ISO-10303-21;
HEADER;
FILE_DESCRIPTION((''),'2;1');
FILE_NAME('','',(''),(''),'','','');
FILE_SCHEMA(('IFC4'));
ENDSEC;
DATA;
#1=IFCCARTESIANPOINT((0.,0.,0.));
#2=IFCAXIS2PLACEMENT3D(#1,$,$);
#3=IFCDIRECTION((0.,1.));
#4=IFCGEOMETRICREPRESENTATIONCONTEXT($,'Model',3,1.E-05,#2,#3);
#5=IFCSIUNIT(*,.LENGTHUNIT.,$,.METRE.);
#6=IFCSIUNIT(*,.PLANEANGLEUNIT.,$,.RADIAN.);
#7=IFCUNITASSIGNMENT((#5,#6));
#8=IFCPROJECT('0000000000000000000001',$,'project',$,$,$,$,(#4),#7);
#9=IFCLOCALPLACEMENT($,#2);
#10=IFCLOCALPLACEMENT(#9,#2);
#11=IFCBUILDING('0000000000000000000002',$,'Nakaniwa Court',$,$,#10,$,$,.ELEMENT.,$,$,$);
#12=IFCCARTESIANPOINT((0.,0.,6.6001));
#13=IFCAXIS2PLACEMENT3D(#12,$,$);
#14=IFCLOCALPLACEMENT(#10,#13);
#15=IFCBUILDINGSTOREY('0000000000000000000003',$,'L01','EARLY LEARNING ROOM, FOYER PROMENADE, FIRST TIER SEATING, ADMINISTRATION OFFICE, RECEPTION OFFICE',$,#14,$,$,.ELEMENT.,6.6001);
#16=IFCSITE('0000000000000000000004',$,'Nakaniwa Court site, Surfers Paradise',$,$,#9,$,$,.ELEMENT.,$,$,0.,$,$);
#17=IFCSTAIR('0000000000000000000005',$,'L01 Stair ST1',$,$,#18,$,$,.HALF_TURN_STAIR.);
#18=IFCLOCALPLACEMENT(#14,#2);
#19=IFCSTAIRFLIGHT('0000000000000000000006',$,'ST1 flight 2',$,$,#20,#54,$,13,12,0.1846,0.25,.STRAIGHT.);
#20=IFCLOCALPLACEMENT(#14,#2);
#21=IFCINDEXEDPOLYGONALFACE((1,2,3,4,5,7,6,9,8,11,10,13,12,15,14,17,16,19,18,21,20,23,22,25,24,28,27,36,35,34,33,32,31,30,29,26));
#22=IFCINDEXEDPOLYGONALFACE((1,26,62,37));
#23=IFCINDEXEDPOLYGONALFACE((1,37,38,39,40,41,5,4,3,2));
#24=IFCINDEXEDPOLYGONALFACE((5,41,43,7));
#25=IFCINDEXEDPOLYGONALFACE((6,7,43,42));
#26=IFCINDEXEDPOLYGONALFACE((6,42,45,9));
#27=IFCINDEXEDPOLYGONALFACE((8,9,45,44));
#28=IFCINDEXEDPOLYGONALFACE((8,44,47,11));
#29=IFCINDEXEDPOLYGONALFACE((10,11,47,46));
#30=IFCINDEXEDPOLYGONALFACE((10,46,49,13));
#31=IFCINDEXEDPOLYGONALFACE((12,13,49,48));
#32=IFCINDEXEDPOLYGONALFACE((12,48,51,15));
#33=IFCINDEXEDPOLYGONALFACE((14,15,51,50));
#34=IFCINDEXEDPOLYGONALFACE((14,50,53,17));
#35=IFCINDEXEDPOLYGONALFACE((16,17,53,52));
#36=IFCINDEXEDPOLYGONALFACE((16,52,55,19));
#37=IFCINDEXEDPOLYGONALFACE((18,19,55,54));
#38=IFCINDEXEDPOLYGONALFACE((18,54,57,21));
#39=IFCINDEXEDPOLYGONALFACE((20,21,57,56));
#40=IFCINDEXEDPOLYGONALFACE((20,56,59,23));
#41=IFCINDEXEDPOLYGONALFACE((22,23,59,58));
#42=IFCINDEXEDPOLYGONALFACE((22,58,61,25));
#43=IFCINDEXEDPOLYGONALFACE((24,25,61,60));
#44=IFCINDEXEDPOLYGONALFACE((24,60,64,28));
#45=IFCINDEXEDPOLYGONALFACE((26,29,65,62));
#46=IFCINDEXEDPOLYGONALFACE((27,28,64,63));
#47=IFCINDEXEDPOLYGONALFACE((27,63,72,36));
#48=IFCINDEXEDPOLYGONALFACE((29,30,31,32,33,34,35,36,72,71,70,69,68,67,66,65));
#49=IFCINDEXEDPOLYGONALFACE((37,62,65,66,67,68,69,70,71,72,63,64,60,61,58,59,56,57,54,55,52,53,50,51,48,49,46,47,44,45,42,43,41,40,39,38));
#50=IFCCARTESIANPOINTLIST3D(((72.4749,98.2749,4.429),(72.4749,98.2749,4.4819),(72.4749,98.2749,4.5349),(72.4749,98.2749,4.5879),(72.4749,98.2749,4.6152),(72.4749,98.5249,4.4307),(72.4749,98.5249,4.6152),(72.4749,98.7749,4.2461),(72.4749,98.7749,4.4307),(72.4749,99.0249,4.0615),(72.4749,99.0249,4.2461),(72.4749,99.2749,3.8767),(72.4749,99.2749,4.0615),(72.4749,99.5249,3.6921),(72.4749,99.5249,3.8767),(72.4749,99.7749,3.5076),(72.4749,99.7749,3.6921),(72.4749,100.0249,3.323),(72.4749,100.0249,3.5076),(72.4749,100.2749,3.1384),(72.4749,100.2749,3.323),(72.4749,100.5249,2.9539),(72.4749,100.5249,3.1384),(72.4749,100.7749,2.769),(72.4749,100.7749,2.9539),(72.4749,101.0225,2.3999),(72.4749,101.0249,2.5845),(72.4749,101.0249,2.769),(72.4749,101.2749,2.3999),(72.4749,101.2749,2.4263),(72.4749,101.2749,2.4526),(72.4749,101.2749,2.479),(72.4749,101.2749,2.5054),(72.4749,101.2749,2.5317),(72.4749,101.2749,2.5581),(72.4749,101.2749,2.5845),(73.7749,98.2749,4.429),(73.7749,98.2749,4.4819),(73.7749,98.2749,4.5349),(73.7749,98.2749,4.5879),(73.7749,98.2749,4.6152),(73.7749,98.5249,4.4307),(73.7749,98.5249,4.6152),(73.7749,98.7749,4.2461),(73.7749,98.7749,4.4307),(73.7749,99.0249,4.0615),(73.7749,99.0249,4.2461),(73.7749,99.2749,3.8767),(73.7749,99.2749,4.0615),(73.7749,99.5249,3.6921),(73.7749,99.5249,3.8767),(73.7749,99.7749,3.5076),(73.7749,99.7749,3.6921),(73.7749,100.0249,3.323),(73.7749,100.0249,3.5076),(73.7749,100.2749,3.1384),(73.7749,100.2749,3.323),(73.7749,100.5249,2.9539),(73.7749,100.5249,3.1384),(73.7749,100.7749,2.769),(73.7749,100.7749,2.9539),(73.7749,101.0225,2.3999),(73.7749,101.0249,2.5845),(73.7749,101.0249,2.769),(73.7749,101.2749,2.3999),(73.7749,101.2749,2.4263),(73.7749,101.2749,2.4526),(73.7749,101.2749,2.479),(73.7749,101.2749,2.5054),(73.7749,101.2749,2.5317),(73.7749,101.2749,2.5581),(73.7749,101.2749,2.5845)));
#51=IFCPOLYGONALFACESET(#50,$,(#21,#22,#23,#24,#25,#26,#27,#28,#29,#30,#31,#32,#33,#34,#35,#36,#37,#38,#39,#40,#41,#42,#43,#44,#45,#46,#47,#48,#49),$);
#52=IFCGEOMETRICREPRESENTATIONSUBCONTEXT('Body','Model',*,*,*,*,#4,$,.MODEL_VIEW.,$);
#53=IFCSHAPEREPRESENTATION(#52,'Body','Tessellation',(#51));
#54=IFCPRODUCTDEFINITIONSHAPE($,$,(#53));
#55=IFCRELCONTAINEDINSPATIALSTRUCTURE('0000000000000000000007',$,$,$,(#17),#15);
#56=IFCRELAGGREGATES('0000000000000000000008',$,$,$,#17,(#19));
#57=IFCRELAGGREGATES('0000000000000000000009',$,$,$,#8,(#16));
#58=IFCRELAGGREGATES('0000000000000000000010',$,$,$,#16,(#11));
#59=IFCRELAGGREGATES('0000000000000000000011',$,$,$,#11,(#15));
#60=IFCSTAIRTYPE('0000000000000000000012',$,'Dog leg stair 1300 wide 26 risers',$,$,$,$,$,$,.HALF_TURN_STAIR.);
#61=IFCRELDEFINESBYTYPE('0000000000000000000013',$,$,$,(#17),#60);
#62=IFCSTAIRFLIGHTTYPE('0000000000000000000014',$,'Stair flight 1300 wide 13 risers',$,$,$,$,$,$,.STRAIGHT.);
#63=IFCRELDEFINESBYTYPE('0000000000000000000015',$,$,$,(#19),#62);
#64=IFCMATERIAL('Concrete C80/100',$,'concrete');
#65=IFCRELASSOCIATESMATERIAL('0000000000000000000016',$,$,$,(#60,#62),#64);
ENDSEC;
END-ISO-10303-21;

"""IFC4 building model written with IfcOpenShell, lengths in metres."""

from ifc_helpers import new_model, si_unit, direction, frame, origin, place, context, subcontext, project, spatial, polyline, outline, extrude, material, type_object, element, aggregate, save


model = new_model("IFC4")

# Units and contexts
model_context = context("Model", 3, precision=1e-05, world=origin(), true_north=direction((0.0, 1.0)))
body_context = subcontext(model_context, "Body", "Model", "MODEL_VIEW")
ifc_project = project(units=[si_unit("LENGTHUNIT", "METRE"), si_unit("PLANEANGLEUNIT", "RADIAN")], contexts=[model_context])

# Site, building, storey
site_placement = place(None, origin())
site = spatial("IfcSite", under=ifc_project, at=site_placement, Name="Nakaniwa Court site, Surfers Paradise", CompositionType="ELEMENT", RefElevation=0.0)
building_placement = place(site_placement, origin())
building = spatial("IfcBuilding", under=site, at=building_placement, Name="Nakaniwa Court", CompositionType="ELEMENT")
storey_placement = place(building_placement, frame((0.0, 0.0, 6.6001)))
storey = spatial("IfcBuildingStorey", under=building, at=storey_placement, Name="L01", Description="EARLY LEARNING ROOM, FOYER PROMENADE, FIRST TIER SEATING, ADMINISTRATION OFFICE, RECEPTION OFFICE", CompositionType="ELEMENT", Elevation=6.6001)

# Stair, stair flight
ifc_material_1 = material(Name="Concrete C80/100", Category="concrete")
stair_type = type_object("IfcStairType", Name="Dog leg stair 1300 wide 26 risers", PredefinedType="HALF_TURN_STAIR", material=ifc_material_1)
stair_placement = place(storey_placement, origin())
stair = element("IfcStair", 1, at=stair_placement, inside=storey, type_object=stair_type, Name="L01 Stair ST1", PredefinedType="HALF_TURN_STAIR")
stair_flight_type = type_object("IfcStairFlightType", Name="Stair flight 1300 wide 13 risers", PredefinedType="STRAIGHT", material=ifc_material_1)
stair_flight_1_placement = place(storey_placement, frame((73.125, 101.2749, 2.3999), z_axis=(0.0, 0.0, 1.0), x_axis=(0.0, -1.0, 0.0)))
stair_flight_1 = element("IfcStairFlight", 2, at=stair_flight_1_placement, type_object=stair_flight_type, Name="ST1 flight 2", NumberOfRisers=13, NumberOfTreads=12, PredefinedType="STRAIGHT", RiserHeight=0.1846, TreadLength=0.25, context=body_context, shape_type="SweptSolid", body=[
    extrude(outline(polyline([(0.0, 0.0), (0.0, 0.0264), (0.0, 0.0527), (0.0, 0.0791), (0.0, 0.1055), (0.0, 0.1318), (0.0, 0.1582), (0.0, 0.1846), (0.25, 0.1846), (0.25, 0.3691), (0.5, 0.3691), (0.5, 0.554), (0.75, 0.554), (0.75, 0.7385), (1.0, 0.7385), (1.0, 0.9231), (1.25, 0.9231), (1.25, 1.1077), (1.5, 1.1077), (1.5, 1.2922), (1.75, 1.2922), (1.75, 1.4768), (2.0, 1.4768), (2.0, 1.6616), (2.25, 1.6616), (2.25, 1.8462), (2.5, 1.8462), (2.5, 2.0308), (2.75, 2.0308), (2.75, 2.2153), (3.0, 2.2153), (3.0, 2.3999), (3.0, 2.3469), (3.0, 2.2939), (3.0, 2.241), (3.0, 2.188), (3.0, 2.135), (3.0, 2.082), (3.0, 2.0291), (0.2524, 0.0), (0.0, 0.0)])), frame((0.0, 0.6499, 0.0), z_axis=(0.0, -1.0, 0.0), x_axis=(1.0, 0.0, 0.0)), (0.0, 0.0, 1.0), 1.3),
])
aggregate(stair, [stair_flight_1])

save(model, "model.ifc")
